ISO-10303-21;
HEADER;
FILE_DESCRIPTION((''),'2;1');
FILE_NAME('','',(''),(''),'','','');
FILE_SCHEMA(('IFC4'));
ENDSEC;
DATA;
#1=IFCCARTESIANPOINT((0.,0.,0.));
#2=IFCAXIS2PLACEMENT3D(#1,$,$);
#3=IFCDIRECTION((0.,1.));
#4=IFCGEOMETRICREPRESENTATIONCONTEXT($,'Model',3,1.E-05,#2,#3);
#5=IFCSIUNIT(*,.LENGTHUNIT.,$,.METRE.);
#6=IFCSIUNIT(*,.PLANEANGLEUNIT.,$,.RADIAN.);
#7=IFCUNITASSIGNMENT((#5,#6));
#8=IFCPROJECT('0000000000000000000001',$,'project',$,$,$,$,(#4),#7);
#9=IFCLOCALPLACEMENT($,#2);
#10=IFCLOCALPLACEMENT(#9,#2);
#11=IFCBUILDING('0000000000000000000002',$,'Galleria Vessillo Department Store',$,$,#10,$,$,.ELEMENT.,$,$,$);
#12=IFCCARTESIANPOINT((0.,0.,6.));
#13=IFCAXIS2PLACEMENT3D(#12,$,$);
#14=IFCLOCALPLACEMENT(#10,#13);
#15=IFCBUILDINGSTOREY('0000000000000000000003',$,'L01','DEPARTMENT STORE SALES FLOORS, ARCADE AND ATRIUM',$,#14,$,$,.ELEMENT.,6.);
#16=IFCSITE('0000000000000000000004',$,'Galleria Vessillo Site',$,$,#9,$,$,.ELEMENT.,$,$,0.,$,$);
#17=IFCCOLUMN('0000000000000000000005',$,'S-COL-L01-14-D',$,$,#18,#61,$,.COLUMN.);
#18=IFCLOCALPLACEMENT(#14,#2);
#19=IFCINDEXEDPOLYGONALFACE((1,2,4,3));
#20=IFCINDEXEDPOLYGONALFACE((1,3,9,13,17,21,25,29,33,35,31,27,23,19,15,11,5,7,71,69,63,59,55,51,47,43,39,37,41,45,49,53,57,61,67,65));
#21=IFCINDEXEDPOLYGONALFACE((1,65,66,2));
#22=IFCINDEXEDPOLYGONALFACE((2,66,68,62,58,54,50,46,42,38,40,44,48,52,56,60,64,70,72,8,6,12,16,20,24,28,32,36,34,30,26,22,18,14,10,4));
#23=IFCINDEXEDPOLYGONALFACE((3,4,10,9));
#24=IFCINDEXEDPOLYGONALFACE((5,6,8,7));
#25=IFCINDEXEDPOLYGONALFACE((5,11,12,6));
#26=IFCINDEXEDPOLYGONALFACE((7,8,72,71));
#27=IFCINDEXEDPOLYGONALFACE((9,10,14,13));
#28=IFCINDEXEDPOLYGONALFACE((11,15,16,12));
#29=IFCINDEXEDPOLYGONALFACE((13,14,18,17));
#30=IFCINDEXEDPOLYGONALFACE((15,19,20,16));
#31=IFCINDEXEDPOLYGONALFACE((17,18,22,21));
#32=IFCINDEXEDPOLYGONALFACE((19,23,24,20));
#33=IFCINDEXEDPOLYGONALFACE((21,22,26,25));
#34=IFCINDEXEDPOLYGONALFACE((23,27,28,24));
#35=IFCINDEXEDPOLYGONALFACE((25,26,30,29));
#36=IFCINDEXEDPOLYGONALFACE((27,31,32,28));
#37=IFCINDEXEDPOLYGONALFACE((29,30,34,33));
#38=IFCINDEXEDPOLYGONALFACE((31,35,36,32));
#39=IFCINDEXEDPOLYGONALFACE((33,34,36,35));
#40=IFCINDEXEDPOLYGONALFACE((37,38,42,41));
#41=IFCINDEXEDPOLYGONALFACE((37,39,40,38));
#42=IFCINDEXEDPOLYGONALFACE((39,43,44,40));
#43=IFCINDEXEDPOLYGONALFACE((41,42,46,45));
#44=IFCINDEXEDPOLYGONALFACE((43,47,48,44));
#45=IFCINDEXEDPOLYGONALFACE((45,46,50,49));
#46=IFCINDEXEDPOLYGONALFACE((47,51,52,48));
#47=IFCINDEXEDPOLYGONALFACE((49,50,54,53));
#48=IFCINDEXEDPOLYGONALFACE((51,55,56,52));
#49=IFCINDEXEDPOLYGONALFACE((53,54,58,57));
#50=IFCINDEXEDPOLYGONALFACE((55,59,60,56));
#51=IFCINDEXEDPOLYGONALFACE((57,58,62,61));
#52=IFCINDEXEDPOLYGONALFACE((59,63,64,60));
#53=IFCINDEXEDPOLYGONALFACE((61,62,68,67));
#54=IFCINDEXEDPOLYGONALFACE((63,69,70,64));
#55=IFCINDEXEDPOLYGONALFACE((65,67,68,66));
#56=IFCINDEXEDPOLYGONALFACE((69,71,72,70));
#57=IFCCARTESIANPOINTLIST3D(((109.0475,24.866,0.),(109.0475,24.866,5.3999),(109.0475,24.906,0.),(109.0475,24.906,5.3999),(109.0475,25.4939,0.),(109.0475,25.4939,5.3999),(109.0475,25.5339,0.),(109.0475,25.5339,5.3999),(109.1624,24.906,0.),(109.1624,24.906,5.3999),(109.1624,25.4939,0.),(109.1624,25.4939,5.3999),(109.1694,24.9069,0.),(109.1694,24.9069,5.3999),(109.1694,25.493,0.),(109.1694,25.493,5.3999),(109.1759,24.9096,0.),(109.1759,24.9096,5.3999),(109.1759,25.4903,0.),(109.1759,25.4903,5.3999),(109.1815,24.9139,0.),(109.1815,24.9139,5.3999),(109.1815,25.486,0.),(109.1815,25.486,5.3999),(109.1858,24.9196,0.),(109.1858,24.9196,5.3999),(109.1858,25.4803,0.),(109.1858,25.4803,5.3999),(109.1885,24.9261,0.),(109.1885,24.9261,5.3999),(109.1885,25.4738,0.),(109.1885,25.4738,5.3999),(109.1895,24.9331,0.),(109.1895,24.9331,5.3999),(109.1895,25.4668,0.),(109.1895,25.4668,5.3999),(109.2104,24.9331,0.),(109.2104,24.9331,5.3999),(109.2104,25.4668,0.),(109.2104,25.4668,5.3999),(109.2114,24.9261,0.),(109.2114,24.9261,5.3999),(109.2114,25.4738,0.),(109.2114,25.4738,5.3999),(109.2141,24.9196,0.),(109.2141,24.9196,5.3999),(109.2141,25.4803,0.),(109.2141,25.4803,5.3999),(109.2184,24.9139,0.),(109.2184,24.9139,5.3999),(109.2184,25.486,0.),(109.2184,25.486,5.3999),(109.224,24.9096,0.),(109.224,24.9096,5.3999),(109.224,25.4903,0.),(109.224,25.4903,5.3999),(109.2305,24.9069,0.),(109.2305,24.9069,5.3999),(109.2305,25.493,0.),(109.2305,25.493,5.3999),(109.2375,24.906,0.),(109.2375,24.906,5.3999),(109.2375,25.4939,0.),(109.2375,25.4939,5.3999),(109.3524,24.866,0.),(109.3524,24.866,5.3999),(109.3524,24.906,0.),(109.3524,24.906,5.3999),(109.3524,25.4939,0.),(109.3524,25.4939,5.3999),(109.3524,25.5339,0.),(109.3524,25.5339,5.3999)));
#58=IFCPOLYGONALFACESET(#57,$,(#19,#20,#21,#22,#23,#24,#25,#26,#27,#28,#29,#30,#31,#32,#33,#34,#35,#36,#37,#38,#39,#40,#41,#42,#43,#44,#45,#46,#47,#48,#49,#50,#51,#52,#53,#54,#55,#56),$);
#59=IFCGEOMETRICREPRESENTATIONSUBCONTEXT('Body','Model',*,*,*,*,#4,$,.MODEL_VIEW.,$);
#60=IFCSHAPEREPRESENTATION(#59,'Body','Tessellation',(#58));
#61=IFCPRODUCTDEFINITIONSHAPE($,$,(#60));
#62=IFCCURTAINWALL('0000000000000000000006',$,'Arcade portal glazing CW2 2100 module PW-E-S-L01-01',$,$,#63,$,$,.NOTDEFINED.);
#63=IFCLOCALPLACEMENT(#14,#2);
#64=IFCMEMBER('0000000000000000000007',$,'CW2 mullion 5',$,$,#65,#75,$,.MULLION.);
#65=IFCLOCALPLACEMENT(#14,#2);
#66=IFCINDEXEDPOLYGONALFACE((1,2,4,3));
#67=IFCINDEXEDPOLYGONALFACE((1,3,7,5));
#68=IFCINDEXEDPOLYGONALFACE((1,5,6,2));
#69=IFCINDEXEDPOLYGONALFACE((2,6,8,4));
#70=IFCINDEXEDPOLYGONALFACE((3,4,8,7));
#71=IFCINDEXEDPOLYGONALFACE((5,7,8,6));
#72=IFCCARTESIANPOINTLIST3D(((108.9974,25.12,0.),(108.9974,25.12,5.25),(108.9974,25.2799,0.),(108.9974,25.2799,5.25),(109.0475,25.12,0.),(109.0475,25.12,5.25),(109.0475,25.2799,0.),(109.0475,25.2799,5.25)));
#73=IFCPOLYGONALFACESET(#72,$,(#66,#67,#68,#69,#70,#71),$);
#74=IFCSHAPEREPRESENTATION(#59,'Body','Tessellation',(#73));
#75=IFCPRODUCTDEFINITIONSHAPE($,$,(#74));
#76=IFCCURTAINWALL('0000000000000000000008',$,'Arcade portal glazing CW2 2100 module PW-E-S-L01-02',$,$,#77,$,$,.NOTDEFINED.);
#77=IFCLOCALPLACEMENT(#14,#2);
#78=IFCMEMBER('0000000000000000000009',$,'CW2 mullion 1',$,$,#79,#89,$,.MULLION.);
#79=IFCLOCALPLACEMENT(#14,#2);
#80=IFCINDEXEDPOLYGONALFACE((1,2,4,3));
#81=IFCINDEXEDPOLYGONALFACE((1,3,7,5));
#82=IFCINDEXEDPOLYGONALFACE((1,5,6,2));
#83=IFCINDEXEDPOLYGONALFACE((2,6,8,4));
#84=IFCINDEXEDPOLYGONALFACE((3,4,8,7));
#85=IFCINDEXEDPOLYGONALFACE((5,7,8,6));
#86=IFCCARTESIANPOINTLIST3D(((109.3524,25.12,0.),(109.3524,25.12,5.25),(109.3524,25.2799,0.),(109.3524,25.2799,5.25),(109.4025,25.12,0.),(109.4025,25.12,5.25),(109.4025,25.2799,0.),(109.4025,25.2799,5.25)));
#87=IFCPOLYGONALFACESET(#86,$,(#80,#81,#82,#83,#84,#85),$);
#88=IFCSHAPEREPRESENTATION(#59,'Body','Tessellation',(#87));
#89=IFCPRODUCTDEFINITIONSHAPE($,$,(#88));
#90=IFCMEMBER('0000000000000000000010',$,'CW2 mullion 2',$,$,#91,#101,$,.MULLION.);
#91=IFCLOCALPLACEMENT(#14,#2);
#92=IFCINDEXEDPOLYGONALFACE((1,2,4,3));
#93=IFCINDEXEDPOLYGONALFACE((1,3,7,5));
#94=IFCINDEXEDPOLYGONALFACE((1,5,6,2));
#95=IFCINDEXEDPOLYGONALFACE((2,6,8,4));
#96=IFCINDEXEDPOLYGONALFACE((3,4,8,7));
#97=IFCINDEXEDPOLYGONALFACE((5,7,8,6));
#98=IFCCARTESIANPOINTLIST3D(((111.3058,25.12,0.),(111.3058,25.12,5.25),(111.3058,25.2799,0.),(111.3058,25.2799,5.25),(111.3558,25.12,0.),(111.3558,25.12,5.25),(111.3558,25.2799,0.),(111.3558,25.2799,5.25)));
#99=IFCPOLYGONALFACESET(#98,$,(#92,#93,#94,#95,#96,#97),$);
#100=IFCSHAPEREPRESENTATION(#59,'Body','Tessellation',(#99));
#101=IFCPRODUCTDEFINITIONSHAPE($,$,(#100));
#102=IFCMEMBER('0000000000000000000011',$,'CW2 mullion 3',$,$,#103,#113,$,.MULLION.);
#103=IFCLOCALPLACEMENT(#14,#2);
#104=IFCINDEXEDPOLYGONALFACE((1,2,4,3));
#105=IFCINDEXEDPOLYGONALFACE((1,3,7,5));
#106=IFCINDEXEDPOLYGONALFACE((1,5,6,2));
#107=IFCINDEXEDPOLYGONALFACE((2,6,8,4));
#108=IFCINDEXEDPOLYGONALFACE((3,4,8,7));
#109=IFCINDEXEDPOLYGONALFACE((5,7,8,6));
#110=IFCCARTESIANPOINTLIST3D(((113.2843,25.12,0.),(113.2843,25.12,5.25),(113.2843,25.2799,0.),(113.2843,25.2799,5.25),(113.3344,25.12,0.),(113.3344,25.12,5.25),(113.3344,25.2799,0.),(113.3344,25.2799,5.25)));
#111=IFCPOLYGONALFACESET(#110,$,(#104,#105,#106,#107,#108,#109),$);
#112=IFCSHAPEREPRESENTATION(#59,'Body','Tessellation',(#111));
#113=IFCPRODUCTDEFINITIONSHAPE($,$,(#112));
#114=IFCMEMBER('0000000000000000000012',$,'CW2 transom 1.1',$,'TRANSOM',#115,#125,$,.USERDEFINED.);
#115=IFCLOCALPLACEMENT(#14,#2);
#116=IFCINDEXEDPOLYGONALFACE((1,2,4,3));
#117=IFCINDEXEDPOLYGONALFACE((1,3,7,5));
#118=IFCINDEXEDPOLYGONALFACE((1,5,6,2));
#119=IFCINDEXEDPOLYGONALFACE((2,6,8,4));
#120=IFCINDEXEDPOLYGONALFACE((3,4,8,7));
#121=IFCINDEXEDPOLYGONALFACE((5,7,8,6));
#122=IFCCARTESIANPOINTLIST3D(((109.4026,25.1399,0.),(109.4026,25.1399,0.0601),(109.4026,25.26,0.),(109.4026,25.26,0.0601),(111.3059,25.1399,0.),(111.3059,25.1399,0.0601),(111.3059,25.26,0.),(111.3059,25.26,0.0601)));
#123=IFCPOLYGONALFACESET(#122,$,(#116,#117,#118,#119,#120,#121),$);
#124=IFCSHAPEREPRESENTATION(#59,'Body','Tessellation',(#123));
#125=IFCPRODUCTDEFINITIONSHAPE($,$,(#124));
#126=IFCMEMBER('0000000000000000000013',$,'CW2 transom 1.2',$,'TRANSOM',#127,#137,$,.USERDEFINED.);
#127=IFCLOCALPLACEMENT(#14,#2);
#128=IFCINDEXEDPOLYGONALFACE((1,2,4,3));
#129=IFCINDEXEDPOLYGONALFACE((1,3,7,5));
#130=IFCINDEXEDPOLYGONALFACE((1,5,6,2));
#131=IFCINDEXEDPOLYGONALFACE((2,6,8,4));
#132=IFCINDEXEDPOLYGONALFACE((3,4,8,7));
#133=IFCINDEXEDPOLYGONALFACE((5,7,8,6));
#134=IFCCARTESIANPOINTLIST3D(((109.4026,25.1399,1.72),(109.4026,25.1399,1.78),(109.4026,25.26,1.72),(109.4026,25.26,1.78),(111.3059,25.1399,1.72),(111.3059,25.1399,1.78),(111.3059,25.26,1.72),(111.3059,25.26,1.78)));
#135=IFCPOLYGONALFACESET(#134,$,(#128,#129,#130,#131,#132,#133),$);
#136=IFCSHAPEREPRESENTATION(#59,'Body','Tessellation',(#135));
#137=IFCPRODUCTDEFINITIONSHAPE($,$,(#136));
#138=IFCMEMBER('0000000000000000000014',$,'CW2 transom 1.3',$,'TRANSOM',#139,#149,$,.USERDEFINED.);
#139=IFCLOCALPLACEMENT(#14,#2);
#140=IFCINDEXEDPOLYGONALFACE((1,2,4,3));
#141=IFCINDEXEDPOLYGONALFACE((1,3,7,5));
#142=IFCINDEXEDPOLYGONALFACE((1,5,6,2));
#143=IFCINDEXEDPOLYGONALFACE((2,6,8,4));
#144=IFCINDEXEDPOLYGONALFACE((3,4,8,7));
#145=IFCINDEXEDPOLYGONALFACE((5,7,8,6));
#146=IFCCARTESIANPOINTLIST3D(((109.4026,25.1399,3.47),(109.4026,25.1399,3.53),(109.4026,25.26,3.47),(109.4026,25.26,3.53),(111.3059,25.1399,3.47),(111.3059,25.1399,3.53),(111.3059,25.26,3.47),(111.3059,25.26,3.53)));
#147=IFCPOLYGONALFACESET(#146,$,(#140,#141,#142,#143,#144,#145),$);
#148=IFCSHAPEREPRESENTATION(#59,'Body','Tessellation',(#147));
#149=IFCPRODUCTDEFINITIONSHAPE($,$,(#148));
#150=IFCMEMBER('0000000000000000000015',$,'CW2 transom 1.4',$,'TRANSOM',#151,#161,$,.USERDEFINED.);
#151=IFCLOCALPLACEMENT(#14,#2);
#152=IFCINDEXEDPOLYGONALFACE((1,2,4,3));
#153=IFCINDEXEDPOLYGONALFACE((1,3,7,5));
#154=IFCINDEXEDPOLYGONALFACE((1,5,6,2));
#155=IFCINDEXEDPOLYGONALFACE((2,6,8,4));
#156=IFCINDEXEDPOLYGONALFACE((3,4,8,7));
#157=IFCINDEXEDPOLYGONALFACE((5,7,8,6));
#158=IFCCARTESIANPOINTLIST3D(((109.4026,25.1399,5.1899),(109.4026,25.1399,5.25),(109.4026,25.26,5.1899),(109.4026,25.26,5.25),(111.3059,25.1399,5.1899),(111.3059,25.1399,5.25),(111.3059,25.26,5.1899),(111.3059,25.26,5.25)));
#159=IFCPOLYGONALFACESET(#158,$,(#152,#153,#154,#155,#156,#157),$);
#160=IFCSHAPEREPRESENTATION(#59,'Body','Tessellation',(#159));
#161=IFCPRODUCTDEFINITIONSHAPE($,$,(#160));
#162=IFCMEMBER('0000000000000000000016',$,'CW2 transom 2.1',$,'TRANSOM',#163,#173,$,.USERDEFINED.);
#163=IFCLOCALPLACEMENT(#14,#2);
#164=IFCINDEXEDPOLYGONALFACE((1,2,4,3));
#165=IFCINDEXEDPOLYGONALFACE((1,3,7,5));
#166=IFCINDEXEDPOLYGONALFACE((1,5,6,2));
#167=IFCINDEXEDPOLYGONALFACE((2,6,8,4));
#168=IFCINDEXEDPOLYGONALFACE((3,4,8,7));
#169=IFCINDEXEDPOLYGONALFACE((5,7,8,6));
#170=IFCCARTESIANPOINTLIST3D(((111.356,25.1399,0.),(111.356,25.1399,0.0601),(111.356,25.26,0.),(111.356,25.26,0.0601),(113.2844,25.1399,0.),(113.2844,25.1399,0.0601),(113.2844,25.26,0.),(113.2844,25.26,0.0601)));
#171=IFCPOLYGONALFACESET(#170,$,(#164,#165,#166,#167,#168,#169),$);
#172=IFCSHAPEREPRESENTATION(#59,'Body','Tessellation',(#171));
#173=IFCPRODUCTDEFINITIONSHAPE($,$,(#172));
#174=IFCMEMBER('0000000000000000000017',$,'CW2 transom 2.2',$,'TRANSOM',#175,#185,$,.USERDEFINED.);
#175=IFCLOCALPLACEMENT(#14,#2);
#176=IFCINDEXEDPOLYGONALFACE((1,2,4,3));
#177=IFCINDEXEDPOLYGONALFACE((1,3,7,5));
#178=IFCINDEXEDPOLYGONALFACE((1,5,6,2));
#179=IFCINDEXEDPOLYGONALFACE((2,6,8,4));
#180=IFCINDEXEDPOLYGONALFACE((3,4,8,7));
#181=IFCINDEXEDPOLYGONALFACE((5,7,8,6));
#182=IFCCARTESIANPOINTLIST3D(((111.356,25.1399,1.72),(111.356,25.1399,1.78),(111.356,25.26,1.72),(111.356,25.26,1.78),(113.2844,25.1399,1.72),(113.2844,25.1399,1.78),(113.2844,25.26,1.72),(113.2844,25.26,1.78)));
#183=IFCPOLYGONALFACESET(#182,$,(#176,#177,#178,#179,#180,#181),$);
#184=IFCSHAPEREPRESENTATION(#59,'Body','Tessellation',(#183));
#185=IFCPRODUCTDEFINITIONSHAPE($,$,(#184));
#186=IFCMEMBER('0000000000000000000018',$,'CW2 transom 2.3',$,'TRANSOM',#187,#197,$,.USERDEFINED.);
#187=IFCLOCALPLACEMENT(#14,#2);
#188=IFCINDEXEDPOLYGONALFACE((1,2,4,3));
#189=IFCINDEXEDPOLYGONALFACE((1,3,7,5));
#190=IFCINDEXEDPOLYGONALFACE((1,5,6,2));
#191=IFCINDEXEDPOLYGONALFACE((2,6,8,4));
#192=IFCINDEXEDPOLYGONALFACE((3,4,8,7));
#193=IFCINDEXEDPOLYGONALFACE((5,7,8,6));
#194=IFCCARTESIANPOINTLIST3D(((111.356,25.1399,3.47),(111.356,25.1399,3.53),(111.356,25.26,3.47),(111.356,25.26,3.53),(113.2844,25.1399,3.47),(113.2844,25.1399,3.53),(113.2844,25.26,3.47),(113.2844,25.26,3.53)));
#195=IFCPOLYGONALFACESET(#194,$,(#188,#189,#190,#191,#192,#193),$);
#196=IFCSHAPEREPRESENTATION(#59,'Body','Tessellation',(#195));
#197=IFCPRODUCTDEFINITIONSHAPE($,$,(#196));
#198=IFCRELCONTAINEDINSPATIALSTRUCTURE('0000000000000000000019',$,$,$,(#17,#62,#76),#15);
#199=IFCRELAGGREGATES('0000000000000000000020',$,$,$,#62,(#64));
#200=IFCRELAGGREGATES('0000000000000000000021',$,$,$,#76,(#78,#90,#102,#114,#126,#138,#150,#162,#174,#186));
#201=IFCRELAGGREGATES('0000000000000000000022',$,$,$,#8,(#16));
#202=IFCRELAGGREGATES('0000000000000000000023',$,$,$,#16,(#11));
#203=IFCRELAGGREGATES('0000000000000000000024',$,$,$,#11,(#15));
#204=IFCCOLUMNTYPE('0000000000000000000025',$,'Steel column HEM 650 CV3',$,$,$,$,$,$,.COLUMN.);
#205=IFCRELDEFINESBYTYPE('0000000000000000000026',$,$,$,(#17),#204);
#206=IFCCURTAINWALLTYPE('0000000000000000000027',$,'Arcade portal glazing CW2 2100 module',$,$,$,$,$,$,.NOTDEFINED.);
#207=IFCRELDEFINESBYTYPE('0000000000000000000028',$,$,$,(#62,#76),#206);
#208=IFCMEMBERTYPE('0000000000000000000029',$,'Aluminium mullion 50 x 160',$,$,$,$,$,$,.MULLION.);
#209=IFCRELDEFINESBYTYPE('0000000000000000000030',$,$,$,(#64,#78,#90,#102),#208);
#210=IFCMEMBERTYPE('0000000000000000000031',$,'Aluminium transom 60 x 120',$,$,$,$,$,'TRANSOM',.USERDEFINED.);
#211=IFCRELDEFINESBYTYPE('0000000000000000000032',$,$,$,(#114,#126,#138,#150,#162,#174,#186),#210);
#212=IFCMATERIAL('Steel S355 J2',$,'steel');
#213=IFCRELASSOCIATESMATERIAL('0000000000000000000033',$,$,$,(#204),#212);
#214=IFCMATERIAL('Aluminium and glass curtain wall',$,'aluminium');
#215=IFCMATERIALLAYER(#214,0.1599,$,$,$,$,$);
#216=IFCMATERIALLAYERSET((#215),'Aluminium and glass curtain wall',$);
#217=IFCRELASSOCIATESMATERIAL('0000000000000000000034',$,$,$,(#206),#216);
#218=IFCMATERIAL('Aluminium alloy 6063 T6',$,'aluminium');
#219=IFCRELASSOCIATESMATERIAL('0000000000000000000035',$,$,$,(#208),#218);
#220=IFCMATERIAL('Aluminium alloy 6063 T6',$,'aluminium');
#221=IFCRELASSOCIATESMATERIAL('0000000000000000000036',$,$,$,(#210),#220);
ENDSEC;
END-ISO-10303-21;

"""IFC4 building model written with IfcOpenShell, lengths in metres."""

from ifc_helpers import new_model, si_unit, direction, frame, origin, origin_2d, place, context, subcontext, project, spatial, rectangle, i_section, extrude, material, layer, layer_set, material_profile, profile_set, type_object, element, aggregate, save


model = new_model("IFC4")

# Units and contexts
model_context = context("Model", 3, precision=1e-05, world=origin(), true_north=direction((0.0, 1.0)))
body_context = subcontext(model_context, "Body", "Model", "MODEL_VIEW")
ifc_project = project(units=[si_unit("LENGTHUNIT", "METRE"), si_unit("PLANEANGLEUNIT", "RADIAN")], contexts=[model_context])

# Site, building, storey
site_placement = place(None, origin())
site = spatial("IfcSite", under=ifc_project, at=site_placement, Name="Galleria Vessillo Site", CompositionType="ELEMENT", RefElevation=0.0)
building_placement = place(site_placement, origin())
building = spatial("IfcBuilding", under=site, at=building_placement, Name="Galleria Vessillo Department Store", CompositionType="ELEMENT")
storey_placement = place(building_placement, frame((0.0, 0.0, 6.0)))
storey = spatial("IfcBuildingStorey", under=building, at=storey_placement, Name="L01", Description="DEPARTMENT STORE SALES FLOORS, ARCADE AND ATRIUM", CompositionType="ELEMENT", Elevation=6.0)

# Column
ifc_material_1 = material(Name="Steel S355 J2", Category="steel")
ifc_material_profile_1 = material_profile(ifc_material_1, i_section(OverallWidth=0.3049, OverallDepth=0.668, WebThickness=0.021, FlangeThickness=0.04, FilletRadius=0.0271, at=origin_2d()), Name="HEM 650")
ifc_profile_set_1 = profile_set([ifc_material_profile_1], Name="Steel S355 J2")
column_type = type_object("IfcColumnType", Name="Steel column HEM 650 CV3", PredefinedType="COLUMN", material=ifc_profile_set_1)
column_placement = place(storey_placement, frame((109.2, 25.2, 0.0), z_axis=(0.0, 0.0, 1.0), x_axis=(1.0, 0.0, 0.0)))
element("IfcColumn", 1, at=column_placement, inside=storey, type_object=column_type, Name="S-COL-L01-14-D", PredefinedType="COLUMN", context=body_context, shape_type="SweptSolid", body=[
    extrude(i_section(OverallWidth=0.3049, OverallDepth=0.668, WebThickness=0.021, FlangeThickness=0.04, FilletRadius=0.0271, at=origin_2d()), origin(), (0.0, 0.0, 1.0), 5.3999),
])

# Curtain wall, member
ifc_material_2 = material(Name="Aluminium and glass curtain wall", Category="aluminium")
ifc_layer_1 = layer(ifc_material_2, 0.1599)
ifc_layer_set_1 = layer_set([ifc_layer_1], Name="Aluminium and glass curtain wall")
curtain_wall_type = type_object("IfcCurtainWallType", Name="Arcade portal glazing CW2 2100 module", PredefinedType="NOTDEFINED", material=ifc_layer_set_1)
curtain_wall_1_placement = place(storey_placement, origin())
curtain_wall_1 = element("IfcCurtainWall", 2, at=curtain_wall_1_placement, inside=storey, type_object=curtain_wall_type, Name="Arcade portal glazing CW2 2100 module PW-E-S-L01-01", PredefinedType="NOTDEFINED")
ifc_material_3 = material(Name="Aluminium alloy 6063 T6", Category="aluminium")
ifc_material_profile_2 = material_profile(ifc_material_3, rectangle(XDim=0.1599, YDim=0.05, at=origin_2d()), Name="AL 50x160")
ifc_profile_set_2 = profile_set([ifc_material_profile_2], Name="Aluminium alloy 6063 T6")
member_type_1 = type_object("IfcMemberType", Name="Aluminium mullion 50 x 160", PredefinedType="MULLION", material=ifc_profile_set_2)
member_1_placement = place(storey_placement, frame((109.0225, 25.2, 0.0), z_axis=(0.0, 0.0, 1.0), x_axis=(0.0, 1.0, 0.0)))
member_1 = element("IfcMember", 3, at=member_1_placement, type_object=member_type_1, Name="CW2 mullion 5", PredefinedType="MULLION", context=body_context, shape_type="SweptSolid", body=[
    extrude(rectangle(XDim=0.1599, YDim=0.05, at=origin_2d()), origin(), (0.0, 0.0, 1.0), 5.25),
])
aggregate(curtain_wall_1, [member_1])

# Curtain wall, members
curtain_wall_2_placement = place(storey_placement, origin())
curtain_wall_2 = element("IfcCurtainWall", 4, at=curtain_wall_2_placement, inside=storey, type_object=curtain_wall_type, Name="Arcade portal glazing CW2 2100 module PW-E-S-L01-02", PredefinedType="NOTDEFINED")
member_2_placement = place(storey_placement, frame((109.3774, 25.2, 0.0), z_axis=(0.0, 0.0, 1.0), x_axis=(0.0, 1.0, 0.0)))
member_2 = element("IfcMember", 5, at=member_2_placement, type_object=member_type_1, Name="CW2 mullion 1", PredefinedType="MULLION", context=body_context, shape_type="SweptSolid", body=[
    extrude(rectangle(XDim=0.1599, YDim=0.05, at=origin_2d()), origin(), (0.0, 0.0, 1.0), 5.25),
])
member_3_placement = place(storey_placement, frame((111.3308, 25.2, 0.0), z_axis=(0.0, 0.0, 1.0), x_axis=(0.0, 1.0, 0.0)))
member_3 = element("IfcMember", 6, at=member_3_placement, type_object=member_type_1, Name="CW2 mullion 2", PredefinedType="MULLION", context=body_context, shape_type="SweptSolid", body=[
    extrude(rectangle(XDim=0.1599, YDim=0.05, at=origin_2d()), origin(), (0.0, 0.0, 1.0), 5.25),
])
member_4_placement = place(storey_placement, frame((113.3093, 25.2, 0.0), z_axis=(0.0, 0.0, 1.0), x_axis=(0.0, 1.0, 0.0)))
member_4 = element("IfcMember", 7, at=member_4_placement, type_object=member_type_1, Name="CW2 mullion 3", PredefinedType="MULLION", context=body_context, shape_type="SweptSolid", body=[
    extrude(rectangle(XDim=0.1599, YDim=0.05, at=origin_2d()), origin(), (0.0, 0.0, 1.0), 5.25),
])
ifc_material_4 = material(Name="Aluminium alloy 6063 T6", Category="aluminium")
ifc_material_profile_3 = material_profile(ifc_material_4, rectangle(XDim=0.1201, YDim=0.0601, at=origin_2d()), Name="AL 60x120")
ifc_profile_set_3 = profile_set([ifc_material_profile_3], Name="Aluminium alloy 6063 T6")
member_type_2 = type_object("IfcMemberType", Name="Aluminium transom 60 x 120", ElementType="TRANSOM", PredefinedType="USERDEFINED", material=ifc_profile_set_3)
member_5_placement = place(storey_placement, frame((109.4026, 25.2, 0.03), z_axis=(1.0, 0.0, 0.0), x_axis=(0.0, 1.0, 0.0)))
member_5 = element("IfcMember", 8, at=member_5_placement, type_object=member_type_2, Name="CW2 transom 1.1", ObjectType="TRANSOM", PredefinedType="USERDEFINED", context=body_context, shape_type="SweptSolid", body=[
    extrude(rectangle(XDim=0.1201, YDim=0.0601, at=origin_2d()), origin(), (0.0, 0.0, 1.0), 1.9033),
])
member_6_placement = place(storey_placement, frame((109.4026, 25.2, 1.75), z_axis=(1.0, 0.0, 0.0), x_axis=(0.0, 1.0, 0.0)))
member_6 = element("IfcMember", 9, at=member_6_placement, type_object=member_type_2, Name="CW2 transom 1.2", ObjectType="TRANSOM", PredefinedType="USERDEFINED", context=body_context, shape_type="SweptSolid", body=[
    extrude(rectangle(XDim=0.1201, YDim=0.0601, at=origin_2d()), origin(), (0.0, 0.0, 1.0), 1.9033),
])
member_7_placement = place(storey_placement, frame((109.4026, 25.2, 3.5), z_axis=(1.0, 0.0, 0.0), x_axis=(0.0, 1.0, 0.0)))
member_7 = element("IfcMember", 10, at=member_7_placement, type_object=member_type_2, Name="CW2 transom 1.3", ObjectType="TRANSOM", PredefinedType="USERDEFINED", context=body_context, shape_type="SweptSolid", body=[
    extrude(rectangle(XDim=0.1201, YDim=0.0601, at=origin_2d()), origin(), (0.0, 0.0, 1.0), 1.9033),
])
member_8_placement = place(storey_placement, frame((109.4026, 25.2, 5.22), z_axis=(1.0, 0.0, 0.0), x_axis=(0.0, 1.0, 0.0)))
member_8 = element("IfcMember", 11, at=member_8_placement, type_object=member_type_2, Name="CW2 transom 1.4", ObjectType="TRANSOM", PredefinedType="USERDEFINED", context=body_context, shape_type="SweptSolid", body=[
    extrude(rectangle(XDim=0.1201, YDim=0.0601, at=origin_2d()), origin(), (0.0, 0.0, 1.0), 1.9033),
])
member_9_placement = place(storey_placement, frame((111.356, 25.2, 0.03), z_axis=(1.0, 0.0, 0.0), x_axis=(0.0, 1.0, 0.0)))
member_9 = element("IfcMember", 12, at=member_9_placement, type_object=member_type_2, Name="CW2 transom 2.1", ObjectType="TRANSOM", PredefinedType="USERDEFINED", context=body_context, shape_type="SweptSolid", body=[
    extrude(rectangle(XDim=0.1201, YDim=0.0601, at=origin_2d()), origin(), (0.0, 0.0, 1.0), 1.9285),
])
member_10_placement = place(storey_placement, frame((111.356, 25.2, 1.75), z_axis=(1.0, 0.0, 0.0), x_axis=(0.0, 1.0, 0.0)))
member_10 = element("IfcMember", 13, at=member_10_placement, type_object=member_type_2, Name="CW2 transom 2.2", ObjectType="TRANSOM", PredefinedType="USERDEFINED", context=body_context, shape_type="SweptSolid", body=[
    extrude(rectangle(XDim=0.1201, YDim=0.0601, at=origin_2d()), origin(), (0.0, 0.0, 1.0), 1.9285),
])
member_11_placement = place(storey_placement, frame((111.356, 25.2, 3.5), z_axis=(1.0, 0.0, 0.0), x_axis=(0.0, 1.0, 0.0)))
member_11 = element("IfcMember", 14, at=member_11_placement, type_object=member_type_2, Name="CW2 transom 2.3", ObjectType="TRANSOM", PredefinedType="USERDEFINED", context=body_context, shape_type="SweptSolid", body=[
    extrude(rectangle(XDim=0.1201, YDim=0.0601, at=origin_2d()), origin(), (0.0, 0.0, 1.0), 1.9285),
])

aggregate(curtain_wall_2, [member_2, member_3, member_4, member_5, member_6, member_7, member_8, member_9, member_10, member_11])

save(model, "model.ifc")
